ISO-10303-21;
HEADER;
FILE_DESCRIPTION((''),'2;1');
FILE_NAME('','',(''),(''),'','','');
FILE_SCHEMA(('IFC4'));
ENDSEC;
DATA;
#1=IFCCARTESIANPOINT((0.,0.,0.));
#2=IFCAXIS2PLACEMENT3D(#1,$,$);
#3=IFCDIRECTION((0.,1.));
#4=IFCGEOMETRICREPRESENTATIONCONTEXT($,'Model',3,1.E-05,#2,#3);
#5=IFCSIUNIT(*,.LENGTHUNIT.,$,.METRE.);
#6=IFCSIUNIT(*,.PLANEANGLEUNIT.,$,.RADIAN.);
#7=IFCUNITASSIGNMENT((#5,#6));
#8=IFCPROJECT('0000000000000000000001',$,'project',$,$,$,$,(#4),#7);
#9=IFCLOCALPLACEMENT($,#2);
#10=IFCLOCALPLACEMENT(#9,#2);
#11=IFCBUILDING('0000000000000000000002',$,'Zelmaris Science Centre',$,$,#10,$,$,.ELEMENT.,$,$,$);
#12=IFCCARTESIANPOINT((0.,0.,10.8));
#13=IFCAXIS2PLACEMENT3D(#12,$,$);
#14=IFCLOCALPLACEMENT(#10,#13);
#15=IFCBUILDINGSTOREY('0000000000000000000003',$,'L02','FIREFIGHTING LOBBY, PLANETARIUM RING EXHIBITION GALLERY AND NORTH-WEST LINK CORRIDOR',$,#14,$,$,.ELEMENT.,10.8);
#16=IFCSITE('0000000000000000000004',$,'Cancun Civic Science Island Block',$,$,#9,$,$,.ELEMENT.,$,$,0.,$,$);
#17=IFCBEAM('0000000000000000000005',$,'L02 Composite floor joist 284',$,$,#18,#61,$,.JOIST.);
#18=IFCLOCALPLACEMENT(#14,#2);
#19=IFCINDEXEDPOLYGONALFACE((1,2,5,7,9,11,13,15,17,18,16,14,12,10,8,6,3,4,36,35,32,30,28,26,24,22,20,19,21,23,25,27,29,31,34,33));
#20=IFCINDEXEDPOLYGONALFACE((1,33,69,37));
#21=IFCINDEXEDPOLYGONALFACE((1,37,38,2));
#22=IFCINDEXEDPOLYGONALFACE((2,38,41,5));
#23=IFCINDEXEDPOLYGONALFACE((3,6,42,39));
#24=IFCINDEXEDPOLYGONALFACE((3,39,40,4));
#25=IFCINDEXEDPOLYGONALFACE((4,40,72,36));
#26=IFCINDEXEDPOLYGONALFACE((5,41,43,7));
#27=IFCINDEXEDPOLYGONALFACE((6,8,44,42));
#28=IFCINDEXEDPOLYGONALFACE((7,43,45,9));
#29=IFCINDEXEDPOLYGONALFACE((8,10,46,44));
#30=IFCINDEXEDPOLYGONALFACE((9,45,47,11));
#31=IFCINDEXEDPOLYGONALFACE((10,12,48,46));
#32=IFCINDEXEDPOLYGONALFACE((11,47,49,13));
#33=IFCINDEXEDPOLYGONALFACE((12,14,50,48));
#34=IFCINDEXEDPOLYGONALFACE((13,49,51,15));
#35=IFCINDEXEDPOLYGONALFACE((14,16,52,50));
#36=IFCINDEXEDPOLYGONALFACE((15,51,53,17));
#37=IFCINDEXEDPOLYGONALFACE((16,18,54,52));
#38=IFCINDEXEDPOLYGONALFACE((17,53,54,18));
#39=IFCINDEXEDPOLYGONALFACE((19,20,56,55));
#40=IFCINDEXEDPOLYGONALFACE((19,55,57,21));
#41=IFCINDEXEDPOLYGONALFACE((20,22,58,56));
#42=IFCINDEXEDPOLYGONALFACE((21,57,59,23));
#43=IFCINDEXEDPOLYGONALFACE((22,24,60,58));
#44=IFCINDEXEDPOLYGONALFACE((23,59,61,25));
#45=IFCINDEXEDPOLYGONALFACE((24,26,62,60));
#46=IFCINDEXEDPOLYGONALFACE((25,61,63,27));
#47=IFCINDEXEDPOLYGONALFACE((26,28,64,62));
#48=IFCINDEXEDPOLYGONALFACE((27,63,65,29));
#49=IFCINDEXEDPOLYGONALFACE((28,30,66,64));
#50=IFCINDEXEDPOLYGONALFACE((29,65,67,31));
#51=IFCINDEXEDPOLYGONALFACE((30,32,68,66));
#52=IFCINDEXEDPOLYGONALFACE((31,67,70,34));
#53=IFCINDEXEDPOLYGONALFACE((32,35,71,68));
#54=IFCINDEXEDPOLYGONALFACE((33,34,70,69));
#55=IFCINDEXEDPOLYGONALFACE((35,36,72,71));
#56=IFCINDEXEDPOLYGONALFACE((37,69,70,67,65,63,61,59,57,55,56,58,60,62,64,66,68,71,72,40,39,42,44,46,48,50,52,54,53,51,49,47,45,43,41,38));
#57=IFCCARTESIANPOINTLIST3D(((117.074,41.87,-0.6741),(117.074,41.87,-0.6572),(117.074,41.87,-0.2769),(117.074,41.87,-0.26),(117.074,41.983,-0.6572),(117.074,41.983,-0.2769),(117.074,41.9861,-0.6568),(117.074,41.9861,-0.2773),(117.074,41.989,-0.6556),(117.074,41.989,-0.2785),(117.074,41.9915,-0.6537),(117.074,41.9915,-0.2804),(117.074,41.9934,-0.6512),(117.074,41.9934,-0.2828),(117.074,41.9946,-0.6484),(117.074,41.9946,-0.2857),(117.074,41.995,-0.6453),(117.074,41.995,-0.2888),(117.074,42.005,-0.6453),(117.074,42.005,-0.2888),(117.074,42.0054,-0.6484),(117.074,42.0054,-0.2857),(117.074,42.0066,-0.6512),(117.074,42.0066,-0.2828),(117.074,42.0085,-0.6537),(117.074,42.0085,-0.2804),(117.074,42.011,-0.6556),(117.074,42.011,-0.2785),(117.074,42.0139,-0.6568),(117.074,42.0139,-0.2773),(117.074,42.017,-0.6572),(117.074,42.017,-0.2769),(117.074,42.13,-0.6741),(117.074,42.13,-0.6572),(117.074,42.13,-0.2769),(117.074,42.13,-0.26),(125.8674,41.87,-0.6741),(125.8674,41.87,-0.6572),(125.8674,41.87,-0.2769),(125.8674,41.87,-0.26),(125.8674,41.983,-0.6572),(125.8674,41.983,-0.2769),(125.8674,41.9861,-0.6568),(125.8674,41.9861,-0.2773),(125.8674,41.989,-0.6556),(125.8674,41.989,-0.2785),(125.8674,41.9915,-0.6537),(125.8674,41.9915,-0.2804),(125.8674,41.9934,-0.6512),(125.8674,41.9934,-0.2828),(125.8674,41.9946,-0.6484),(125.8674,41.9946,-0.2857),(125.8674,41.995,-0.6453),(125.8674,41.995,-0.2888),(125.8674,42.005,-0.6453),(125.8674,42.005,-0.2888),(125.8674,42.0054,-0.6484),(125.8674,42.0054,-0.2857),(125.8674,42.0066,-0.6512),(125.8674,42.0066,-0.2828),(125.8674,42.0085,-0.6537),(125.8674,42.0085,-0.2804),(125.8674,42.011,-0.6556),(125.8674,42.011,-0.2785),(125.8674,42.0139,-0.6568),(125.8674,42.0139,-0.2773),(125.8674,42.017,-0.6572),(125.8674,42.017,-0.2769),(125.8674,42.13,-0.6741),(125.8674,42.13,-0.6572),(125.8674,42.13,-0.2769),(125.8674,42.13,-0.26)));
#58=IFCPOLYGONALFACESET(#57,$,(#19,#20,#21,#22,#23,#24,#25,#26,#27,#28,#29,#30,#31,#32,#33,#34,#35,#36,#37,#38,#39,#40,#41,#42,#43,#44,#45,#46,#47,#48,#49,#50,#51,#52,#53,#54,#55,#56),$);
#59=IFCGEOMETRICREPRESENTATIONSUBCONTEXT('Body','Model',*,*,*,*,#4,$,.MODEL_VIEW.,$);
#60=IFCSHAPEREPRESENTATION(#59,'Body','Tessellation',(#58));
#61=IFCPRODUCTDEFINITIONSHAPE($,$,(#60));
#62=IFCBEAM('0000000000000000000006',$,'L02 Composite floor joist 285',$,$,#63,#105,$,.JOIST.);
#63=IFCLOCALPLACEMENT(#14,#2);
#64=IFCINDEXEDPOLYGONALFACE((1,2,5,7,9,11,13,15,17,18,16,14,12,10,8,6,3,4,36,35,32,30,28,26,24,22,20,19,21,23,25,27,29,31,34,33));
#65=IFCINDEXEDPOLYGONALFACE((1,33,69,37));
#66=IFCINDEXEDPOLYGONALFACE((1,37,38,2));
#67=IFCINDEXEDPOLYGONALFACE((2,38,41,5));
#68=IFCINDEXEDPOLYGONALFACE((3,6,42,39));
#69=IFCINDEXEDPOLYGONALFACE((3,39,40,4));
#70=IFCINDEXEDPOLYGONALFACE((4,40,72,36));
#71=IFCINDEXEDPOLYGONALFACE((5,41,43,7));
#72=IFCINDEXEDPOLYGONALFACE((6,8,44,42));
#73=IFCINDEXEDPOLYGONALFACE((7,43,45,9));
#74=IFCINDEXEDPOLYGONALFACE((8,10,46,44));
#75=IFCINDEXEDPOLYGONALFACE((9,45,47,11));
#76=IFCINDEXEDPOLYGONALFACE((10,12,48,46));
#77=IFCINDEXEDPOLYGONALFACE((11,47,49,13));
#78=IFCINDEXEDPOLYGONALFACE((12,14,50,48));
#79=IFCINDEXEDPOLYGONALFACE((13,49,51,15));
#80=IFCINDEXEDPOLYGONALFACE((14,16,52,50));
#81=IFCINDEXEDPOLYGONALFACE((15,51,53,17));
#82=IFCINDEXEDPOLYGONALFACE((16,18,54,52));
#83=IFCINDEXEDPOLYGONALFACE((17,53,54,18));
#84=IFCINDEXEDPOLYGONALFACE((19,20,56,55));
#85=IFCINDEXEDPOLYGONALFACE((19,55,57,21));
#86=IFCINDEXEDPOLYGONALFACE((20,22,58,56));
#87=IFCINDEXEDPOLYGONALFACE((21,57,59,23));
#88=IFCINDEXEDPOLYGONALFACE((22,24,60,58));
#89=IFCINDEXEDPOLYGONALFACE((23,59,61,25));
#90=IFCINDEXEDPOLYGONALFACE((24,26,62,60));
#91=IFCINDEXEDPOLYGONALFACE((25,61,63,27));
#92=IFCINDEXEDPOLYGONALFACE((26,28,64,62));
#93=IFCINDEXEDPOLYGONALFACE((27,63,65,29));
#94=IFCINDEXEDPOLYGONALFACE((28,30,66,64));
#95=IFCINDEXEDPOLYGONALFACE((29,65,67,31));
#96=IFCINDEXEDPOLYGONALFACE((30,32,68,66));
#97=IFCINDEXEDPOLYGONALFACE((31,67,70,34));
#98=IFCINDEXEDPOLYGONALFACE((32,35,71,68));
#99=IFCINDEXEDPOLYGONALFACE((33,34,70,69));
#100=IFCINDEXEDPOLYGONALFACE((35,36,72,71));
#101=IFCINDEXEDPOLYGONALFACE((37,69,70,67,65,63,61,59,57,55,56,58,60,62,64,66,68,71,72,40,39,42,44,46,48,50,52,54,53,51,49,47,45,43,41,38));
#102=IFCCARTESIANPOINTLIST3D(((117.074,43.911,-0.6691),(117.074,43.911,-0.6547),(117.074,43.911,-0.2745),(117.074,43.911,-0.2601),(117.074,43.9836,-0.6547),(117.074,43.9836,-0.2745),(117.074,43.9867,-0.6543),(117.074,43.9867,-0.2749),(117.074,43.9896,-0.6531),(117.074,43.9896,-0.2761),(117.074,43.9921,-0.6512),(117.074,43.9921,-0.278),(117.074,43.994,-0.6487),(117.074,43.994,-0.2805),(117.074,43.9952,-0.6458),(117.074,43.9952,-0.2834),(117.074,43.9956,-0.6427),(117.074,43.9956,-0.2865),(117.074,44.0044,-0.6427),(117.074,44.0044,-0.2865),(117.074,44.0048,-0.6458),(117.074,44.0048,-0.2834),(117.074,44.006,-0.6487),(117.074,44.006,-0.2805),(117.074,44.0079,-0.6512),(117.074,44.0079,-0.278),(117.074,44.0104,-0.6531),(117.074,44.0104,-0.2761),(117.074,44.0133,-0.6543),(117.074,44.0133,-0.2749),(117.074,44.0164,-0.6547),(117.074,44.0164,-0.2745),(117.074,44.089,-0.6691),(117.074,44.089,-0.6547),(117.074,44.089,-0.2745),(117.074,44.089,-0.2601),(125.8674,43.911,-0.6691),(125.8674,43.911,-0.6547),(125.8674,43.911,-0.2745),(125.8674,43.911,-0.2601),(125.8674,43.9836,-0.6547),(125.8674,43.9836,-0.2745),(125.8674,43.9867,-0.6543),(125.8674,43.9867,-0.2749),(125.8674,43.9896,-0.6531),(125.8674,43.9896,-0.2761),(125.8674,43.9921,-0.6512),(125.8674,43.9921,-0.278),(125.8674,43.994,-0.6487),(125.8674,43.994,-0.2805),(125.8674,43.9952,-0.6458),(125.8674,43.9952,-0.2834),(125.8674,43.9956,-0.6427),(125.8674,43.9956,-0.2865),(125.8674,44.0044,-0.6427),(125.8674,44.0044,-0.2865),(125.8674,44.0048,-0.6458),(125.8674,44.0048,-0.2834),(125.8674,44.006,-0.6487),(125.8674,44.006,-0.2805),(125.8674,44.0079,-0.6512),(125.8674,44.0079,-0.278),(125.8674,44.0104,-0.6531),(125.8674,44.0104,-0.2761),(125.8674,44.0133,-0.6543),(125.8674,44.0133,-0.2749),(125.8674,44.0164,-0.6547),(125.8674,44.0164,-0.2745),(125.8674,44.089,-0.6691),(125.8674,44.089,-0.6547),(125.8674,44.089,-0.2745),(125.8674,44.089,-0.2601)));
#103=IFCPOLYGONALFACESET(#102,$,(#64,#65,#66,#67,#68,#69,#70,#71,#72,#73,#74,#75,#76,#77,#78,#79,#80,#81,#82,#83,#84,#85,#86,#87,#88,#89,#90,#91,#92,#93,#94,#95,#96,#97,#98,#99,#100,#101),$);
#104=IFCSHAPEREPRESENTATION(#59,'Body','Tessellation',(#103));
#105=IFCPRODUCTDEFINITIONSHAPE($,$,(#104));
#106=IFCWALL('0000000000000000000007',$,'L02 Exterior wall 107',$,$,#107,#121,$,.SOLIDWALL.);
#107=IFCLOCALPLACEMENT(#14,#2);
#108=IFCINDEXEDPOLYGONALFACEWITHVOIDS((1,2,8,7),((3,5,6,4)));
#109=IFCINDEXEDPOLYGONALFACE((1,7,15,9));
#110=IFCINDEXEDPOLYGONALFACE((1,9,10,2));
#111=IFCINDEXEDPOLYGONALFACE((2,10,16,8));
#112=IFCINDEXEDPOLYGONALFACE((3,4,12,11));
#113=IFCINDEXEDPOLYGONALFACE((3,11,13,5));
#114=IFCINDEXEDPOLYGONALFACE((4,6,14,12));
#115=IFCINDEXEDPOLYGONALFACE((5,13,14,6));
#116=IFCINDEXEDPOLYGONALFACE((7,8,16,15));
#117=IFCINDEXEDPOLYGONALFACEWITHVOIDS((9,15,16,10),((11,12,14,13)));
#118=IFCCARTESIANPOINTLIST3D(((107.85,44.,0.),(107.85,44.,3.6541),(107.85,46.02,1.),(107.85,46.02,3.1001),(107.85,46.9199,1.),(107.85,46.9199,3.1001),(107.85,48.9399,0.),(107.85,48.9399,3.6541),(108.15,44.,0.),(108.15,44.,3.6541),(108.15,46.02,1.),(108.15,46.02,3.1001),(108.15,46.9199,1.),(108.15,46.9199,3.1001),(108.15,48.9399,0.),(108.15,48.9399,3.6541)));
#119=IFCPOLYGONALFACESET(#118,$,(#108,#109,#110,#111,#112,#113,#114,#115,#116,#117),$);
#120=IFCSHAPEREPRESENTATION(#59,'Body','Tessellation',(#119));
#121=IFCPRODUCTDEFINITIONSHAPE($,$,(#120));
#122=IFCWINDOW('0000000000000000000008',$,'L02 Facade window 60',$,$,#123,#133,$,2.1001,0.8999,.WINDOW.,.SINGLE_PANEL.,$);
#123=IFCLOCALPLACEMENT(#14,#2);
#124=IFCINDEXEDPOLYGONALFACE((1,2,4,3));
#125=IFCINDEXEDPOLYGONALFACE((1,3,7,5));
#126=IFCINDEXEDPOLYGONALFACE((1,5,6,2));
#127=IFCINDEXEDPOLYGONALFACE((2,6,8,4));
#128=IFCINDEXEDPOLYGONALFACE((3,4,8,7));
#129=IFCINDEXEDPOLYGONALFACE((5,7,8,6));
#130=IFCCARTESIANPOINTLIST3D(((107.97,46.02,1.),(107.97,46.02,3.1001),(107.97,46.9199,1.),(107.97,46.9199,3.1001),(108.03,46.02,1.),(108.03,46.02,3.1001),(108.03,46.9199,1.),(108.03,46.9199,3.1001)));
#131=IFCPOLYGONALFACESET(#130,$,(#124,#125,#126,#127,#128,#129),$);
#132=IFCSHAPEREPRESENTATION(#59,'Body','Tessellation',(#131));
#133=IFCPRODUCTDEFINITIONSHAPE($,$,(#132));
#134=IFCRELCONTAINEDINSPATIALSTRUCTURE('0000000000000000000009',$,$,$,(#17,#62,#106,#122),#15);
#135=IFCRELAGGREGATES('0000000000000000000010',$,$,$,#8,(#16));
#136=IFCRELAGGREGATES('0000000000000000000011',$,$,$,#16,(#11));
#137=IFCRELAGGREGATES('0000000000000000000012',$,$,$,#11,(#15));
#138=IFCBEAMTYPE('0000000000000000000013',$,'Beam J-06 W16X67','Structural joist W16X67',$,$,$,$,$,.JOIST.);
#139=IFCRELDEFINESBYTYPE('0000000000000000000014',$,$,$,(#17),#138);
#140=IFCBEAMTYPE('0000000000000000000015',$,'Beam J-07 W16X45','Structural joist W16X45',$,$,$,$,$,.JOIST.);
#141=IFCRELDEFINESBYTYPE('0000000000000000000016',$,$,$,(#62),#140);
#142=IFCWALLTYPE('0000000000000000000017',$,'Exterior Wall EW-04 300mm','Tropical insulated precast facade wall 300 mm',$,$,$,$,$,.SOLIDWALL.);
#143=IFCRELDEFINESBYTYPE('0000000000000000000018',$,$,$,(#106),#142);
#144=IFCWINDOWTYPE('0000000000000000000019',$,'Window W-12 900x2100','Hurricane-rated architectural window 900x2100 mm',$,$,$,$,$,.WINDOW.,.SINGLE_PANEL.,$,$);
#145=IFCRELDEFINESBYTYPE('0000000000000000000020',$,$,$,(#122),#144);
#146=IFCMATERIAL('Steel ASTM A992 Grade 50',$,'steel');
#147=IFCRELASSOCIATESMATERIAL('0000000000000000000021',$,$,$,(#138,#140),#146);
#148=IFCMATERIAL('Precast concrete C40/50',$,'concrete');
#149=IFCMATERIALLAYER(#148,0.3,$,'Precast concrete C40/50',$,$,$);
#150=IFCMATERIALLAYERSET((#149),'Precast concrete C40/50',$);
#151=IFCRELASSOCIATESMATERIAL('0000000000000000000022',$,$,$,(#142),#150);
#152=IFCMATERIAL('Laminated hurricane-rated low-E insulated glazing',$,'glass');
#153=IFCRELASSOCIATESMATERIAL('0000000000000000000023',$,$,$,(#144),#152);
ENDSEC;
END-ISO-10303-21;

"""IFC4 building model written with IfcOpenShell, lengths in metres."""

from ifc_helpers import new_model, si_unit, direction, frame, frame_2d, origin, origin_2d, place, context, subcontext, project, spatial, rectangle, i_section, extrude, material, layer, layer_set, material_profile, profile_set, type_object, element, fill, save


model = new_model("IFC4")

# Units and contexts
model_context = context("Model", 3, precision=1e-05, world=origin(), true_north=direction((0.0, 1.0)))
body_context = subcontext(model_context, "Body", "Model", "MODEL_VIEW")
ifc_project = project(units=[si_unit("LENGTHUNIT", "METRE"), si_unit("PLANEANGLEUNIT", "RADIAN")], contexts=[model_context])

# Site, building, storey
site_placement = place(None, origin())
site = spatial("IfcSite", under=ifc_project, at=site_placement, Name="Cancun Civic Science Island Block", CompositionType="ELEMENT", RefElevation=0.0)
building_placement = place(site_placement, origin())
building = spatial("IfcBuilding", under=site, at=building_placement, Name="Zelmaris Science Centre", CompositionType="ELEMENT")
storey_placement = place(building_placement, frame((0.0, 0.0, 10.8)))
storey = spatial("IfcBuildingStorey", under=building, at=storey_placement, Name="L02", Description="FIREFIGHTING LOBBY, PLANETARIUM RING EXHIBITION GALLERY AND NORTH-WEST LINK CORRIDOR", CompositionType="ELEMENT", Elevation=10.8)

# Shared definitions
ifc_material_1 = material(Name="Steel ASTM A992 Grade 50", Category="steel")

# Beams
ifc_material_profile_1 = material_profile(ifc_material_1, i_section(OverallWidth=0.26, OverallDepth=0.4141, WebThickness=0.01, FlangeThickness=0.0168, FilletRadius=0.012, at=origin_2d()), Name="W16X67")
ifc_profile_set_1 = profile_set([ifc_material_profile_1], Name="Steel ASTM A992 Grade 50")
beam_type_1 = type_object("IfcBeamType", Name="Beam J-06 W16X67", Description="Structural joist W16X67", PredefinedType="JOIST", material=ifc_profile_set_1)
beam_1_placement = place(storey_placement, frame((117.074, 42.0, -0.467), z_axis=(1.0, 0.0, 0.0), x_axis=(0.0, 1.0, 0.0)))
element("IfcBeam", 1, at=beam_1_placement, inside=storey, type_object=beam_type_1, Name="L02 Composite floor joist 284", PredefinedType="JOIST", context=body_context, shape_type="SweptSolid", body=[
    extrude(i_section(OverallWidth=0.26, OverallDepth=0.4141, WebThickness=0.01, FlangeThickness=0.0168, FilletRadius=0.012, at=origin_2d()), origin(), (0.0, 0.0, 1.0), 8.7935),
])
ifc_material_profile_2 = material_profile(ifc_material_1, i_section(OverallWidth=0.178, OverallDepth=0.4089, WebThickness=0.0088, FlangeThickness=0.0144, FilletRadius=0.012, at=origin_2d()), Name="W16X45")
ifc_profile_set_2 = profile_set([ifc_material_profile_2], Name="Steel ASTM A992 Grade 50")
beam_type_2 = type_object("IfcBeamType", Name="Beam J-07 W16X45", Description="Structural joist W16X45", PredefinedType="JOIST", material=ifc_profile_set_2)
beam_2_placement = place(storey_placement, frame((117.074, 44.0, -0.4646), z_axis=(1.0, 0.0, 0.0), x_axis=(0.0, 1.0, 0.0)))
element("IfcBeam", 2, at=beam_2_placement, inside=storey, type_object=beam_type_2, Name="L02 Composite floor joist 285", PredefinedType="JOIST", context=body_context, shape_type="SweptSolid", body=[
    extrude(i_section(OverallWidth=0.178, OverallDepth=0.4089, WebThickness=0.0088, FlangeThickness=0.0144, FilletRadius=0.012, at=origin_2d()), origin(), (0.0, 0.0, 1.0), 8.7935),
])

# Wall, opening, window
ifc_material_2 = material(Name="Precast concrete C40/50", Category="concrete")
ifc_layer_1 = layer(ifc_material_2, 0.3, Name="Precast concrete C40/50")
ifc_layer_set_1 = layer_set([ifc_layer_1], Name="Precast concrete C40/50")
wall_type = type_object("IfcWallType", Name="Exterior Wall EW-04 300mm", Description="Tropical insulated precast facade wall 300 mm", PredefinedType="SOLIDWALL", material=ifc_layer_set_1)
wall_placement = place(storey_placement, frame((108.0, 44.0, 0.0), z_axis=(0.0, 0.0, 1.0), x_axis=(0.0, 1.0, 0.0)))
wall = element("IfcWall", 3, at=wall_placement, inside=storey, type_object=wall_type, Name="L02 Exterior wall 107", PredefinedType="SOLIDWALL", context=body_context, shape_type="SweptSolid", body=[
    extrude(rectangle(XDim=4.9399, YDim=0.3, at=frame_2d((2.47, 0.0))), origin(), (0.0, 0.0, 1.0), 3.6541),
])
opening_placement = place(wall_placement, frame((2.02, 0.0, 1.0)))
opening = element("IfcOpeningElement", 4, at=opening_placement, cuts=wall, PredefinedType="OPENING", context=body_context, shape_type="SweptSolid", body=[
    extrude(rectangle(XDim=0.8999, YDim=2.1001, at=frame_2d((0.45, 1.05))), frame((0.0, 0.1599, 0.0), z_axis=(0.0, -1.0, 0.0), x_axis=(1.0, 0.0, 0.0)), (0.0, 0.0, 1.0), 0.3201),
])
ifc_material_3 = material(Name="Laminated hurricane-rated low-E insulated glazing", Category="glass")
window_type = type_object("IfcWindowType", Name="Window W-12 900x2100", Description="Hurricane-rated architectural window 900x2100 mm", PartitioningType="SINGLE_PANEL", PredefinedType="WINDOW", material=ifc_material_3)
window_placement = place(opening_placement, origin())
window = element("IfcWindow", 5, at=window_placement, inside=storey, type_object=window_type, Name="L02 Facade window 60", OverallHeight=2.1001, OverallWidth=0.8999, PartitioningType="SINGLE_PANEL", PredefinedType="WINDOW", context=body_context, shape_type="SweptSolid", body=[
    extrude(rectangle(XDim=0.8999, YDim=2.1001, at=frame_2d((0.45, 1.05))), frame((0.0, 0.03, 0.0), z_axis=(0.0, -1.0, 0.0), x_axis=(1.0, 0.0, 0.0)), (0.0, 0.0, 1.0), 0.0601),
])
fill(opening, window)

save(model, "model.ifc")
